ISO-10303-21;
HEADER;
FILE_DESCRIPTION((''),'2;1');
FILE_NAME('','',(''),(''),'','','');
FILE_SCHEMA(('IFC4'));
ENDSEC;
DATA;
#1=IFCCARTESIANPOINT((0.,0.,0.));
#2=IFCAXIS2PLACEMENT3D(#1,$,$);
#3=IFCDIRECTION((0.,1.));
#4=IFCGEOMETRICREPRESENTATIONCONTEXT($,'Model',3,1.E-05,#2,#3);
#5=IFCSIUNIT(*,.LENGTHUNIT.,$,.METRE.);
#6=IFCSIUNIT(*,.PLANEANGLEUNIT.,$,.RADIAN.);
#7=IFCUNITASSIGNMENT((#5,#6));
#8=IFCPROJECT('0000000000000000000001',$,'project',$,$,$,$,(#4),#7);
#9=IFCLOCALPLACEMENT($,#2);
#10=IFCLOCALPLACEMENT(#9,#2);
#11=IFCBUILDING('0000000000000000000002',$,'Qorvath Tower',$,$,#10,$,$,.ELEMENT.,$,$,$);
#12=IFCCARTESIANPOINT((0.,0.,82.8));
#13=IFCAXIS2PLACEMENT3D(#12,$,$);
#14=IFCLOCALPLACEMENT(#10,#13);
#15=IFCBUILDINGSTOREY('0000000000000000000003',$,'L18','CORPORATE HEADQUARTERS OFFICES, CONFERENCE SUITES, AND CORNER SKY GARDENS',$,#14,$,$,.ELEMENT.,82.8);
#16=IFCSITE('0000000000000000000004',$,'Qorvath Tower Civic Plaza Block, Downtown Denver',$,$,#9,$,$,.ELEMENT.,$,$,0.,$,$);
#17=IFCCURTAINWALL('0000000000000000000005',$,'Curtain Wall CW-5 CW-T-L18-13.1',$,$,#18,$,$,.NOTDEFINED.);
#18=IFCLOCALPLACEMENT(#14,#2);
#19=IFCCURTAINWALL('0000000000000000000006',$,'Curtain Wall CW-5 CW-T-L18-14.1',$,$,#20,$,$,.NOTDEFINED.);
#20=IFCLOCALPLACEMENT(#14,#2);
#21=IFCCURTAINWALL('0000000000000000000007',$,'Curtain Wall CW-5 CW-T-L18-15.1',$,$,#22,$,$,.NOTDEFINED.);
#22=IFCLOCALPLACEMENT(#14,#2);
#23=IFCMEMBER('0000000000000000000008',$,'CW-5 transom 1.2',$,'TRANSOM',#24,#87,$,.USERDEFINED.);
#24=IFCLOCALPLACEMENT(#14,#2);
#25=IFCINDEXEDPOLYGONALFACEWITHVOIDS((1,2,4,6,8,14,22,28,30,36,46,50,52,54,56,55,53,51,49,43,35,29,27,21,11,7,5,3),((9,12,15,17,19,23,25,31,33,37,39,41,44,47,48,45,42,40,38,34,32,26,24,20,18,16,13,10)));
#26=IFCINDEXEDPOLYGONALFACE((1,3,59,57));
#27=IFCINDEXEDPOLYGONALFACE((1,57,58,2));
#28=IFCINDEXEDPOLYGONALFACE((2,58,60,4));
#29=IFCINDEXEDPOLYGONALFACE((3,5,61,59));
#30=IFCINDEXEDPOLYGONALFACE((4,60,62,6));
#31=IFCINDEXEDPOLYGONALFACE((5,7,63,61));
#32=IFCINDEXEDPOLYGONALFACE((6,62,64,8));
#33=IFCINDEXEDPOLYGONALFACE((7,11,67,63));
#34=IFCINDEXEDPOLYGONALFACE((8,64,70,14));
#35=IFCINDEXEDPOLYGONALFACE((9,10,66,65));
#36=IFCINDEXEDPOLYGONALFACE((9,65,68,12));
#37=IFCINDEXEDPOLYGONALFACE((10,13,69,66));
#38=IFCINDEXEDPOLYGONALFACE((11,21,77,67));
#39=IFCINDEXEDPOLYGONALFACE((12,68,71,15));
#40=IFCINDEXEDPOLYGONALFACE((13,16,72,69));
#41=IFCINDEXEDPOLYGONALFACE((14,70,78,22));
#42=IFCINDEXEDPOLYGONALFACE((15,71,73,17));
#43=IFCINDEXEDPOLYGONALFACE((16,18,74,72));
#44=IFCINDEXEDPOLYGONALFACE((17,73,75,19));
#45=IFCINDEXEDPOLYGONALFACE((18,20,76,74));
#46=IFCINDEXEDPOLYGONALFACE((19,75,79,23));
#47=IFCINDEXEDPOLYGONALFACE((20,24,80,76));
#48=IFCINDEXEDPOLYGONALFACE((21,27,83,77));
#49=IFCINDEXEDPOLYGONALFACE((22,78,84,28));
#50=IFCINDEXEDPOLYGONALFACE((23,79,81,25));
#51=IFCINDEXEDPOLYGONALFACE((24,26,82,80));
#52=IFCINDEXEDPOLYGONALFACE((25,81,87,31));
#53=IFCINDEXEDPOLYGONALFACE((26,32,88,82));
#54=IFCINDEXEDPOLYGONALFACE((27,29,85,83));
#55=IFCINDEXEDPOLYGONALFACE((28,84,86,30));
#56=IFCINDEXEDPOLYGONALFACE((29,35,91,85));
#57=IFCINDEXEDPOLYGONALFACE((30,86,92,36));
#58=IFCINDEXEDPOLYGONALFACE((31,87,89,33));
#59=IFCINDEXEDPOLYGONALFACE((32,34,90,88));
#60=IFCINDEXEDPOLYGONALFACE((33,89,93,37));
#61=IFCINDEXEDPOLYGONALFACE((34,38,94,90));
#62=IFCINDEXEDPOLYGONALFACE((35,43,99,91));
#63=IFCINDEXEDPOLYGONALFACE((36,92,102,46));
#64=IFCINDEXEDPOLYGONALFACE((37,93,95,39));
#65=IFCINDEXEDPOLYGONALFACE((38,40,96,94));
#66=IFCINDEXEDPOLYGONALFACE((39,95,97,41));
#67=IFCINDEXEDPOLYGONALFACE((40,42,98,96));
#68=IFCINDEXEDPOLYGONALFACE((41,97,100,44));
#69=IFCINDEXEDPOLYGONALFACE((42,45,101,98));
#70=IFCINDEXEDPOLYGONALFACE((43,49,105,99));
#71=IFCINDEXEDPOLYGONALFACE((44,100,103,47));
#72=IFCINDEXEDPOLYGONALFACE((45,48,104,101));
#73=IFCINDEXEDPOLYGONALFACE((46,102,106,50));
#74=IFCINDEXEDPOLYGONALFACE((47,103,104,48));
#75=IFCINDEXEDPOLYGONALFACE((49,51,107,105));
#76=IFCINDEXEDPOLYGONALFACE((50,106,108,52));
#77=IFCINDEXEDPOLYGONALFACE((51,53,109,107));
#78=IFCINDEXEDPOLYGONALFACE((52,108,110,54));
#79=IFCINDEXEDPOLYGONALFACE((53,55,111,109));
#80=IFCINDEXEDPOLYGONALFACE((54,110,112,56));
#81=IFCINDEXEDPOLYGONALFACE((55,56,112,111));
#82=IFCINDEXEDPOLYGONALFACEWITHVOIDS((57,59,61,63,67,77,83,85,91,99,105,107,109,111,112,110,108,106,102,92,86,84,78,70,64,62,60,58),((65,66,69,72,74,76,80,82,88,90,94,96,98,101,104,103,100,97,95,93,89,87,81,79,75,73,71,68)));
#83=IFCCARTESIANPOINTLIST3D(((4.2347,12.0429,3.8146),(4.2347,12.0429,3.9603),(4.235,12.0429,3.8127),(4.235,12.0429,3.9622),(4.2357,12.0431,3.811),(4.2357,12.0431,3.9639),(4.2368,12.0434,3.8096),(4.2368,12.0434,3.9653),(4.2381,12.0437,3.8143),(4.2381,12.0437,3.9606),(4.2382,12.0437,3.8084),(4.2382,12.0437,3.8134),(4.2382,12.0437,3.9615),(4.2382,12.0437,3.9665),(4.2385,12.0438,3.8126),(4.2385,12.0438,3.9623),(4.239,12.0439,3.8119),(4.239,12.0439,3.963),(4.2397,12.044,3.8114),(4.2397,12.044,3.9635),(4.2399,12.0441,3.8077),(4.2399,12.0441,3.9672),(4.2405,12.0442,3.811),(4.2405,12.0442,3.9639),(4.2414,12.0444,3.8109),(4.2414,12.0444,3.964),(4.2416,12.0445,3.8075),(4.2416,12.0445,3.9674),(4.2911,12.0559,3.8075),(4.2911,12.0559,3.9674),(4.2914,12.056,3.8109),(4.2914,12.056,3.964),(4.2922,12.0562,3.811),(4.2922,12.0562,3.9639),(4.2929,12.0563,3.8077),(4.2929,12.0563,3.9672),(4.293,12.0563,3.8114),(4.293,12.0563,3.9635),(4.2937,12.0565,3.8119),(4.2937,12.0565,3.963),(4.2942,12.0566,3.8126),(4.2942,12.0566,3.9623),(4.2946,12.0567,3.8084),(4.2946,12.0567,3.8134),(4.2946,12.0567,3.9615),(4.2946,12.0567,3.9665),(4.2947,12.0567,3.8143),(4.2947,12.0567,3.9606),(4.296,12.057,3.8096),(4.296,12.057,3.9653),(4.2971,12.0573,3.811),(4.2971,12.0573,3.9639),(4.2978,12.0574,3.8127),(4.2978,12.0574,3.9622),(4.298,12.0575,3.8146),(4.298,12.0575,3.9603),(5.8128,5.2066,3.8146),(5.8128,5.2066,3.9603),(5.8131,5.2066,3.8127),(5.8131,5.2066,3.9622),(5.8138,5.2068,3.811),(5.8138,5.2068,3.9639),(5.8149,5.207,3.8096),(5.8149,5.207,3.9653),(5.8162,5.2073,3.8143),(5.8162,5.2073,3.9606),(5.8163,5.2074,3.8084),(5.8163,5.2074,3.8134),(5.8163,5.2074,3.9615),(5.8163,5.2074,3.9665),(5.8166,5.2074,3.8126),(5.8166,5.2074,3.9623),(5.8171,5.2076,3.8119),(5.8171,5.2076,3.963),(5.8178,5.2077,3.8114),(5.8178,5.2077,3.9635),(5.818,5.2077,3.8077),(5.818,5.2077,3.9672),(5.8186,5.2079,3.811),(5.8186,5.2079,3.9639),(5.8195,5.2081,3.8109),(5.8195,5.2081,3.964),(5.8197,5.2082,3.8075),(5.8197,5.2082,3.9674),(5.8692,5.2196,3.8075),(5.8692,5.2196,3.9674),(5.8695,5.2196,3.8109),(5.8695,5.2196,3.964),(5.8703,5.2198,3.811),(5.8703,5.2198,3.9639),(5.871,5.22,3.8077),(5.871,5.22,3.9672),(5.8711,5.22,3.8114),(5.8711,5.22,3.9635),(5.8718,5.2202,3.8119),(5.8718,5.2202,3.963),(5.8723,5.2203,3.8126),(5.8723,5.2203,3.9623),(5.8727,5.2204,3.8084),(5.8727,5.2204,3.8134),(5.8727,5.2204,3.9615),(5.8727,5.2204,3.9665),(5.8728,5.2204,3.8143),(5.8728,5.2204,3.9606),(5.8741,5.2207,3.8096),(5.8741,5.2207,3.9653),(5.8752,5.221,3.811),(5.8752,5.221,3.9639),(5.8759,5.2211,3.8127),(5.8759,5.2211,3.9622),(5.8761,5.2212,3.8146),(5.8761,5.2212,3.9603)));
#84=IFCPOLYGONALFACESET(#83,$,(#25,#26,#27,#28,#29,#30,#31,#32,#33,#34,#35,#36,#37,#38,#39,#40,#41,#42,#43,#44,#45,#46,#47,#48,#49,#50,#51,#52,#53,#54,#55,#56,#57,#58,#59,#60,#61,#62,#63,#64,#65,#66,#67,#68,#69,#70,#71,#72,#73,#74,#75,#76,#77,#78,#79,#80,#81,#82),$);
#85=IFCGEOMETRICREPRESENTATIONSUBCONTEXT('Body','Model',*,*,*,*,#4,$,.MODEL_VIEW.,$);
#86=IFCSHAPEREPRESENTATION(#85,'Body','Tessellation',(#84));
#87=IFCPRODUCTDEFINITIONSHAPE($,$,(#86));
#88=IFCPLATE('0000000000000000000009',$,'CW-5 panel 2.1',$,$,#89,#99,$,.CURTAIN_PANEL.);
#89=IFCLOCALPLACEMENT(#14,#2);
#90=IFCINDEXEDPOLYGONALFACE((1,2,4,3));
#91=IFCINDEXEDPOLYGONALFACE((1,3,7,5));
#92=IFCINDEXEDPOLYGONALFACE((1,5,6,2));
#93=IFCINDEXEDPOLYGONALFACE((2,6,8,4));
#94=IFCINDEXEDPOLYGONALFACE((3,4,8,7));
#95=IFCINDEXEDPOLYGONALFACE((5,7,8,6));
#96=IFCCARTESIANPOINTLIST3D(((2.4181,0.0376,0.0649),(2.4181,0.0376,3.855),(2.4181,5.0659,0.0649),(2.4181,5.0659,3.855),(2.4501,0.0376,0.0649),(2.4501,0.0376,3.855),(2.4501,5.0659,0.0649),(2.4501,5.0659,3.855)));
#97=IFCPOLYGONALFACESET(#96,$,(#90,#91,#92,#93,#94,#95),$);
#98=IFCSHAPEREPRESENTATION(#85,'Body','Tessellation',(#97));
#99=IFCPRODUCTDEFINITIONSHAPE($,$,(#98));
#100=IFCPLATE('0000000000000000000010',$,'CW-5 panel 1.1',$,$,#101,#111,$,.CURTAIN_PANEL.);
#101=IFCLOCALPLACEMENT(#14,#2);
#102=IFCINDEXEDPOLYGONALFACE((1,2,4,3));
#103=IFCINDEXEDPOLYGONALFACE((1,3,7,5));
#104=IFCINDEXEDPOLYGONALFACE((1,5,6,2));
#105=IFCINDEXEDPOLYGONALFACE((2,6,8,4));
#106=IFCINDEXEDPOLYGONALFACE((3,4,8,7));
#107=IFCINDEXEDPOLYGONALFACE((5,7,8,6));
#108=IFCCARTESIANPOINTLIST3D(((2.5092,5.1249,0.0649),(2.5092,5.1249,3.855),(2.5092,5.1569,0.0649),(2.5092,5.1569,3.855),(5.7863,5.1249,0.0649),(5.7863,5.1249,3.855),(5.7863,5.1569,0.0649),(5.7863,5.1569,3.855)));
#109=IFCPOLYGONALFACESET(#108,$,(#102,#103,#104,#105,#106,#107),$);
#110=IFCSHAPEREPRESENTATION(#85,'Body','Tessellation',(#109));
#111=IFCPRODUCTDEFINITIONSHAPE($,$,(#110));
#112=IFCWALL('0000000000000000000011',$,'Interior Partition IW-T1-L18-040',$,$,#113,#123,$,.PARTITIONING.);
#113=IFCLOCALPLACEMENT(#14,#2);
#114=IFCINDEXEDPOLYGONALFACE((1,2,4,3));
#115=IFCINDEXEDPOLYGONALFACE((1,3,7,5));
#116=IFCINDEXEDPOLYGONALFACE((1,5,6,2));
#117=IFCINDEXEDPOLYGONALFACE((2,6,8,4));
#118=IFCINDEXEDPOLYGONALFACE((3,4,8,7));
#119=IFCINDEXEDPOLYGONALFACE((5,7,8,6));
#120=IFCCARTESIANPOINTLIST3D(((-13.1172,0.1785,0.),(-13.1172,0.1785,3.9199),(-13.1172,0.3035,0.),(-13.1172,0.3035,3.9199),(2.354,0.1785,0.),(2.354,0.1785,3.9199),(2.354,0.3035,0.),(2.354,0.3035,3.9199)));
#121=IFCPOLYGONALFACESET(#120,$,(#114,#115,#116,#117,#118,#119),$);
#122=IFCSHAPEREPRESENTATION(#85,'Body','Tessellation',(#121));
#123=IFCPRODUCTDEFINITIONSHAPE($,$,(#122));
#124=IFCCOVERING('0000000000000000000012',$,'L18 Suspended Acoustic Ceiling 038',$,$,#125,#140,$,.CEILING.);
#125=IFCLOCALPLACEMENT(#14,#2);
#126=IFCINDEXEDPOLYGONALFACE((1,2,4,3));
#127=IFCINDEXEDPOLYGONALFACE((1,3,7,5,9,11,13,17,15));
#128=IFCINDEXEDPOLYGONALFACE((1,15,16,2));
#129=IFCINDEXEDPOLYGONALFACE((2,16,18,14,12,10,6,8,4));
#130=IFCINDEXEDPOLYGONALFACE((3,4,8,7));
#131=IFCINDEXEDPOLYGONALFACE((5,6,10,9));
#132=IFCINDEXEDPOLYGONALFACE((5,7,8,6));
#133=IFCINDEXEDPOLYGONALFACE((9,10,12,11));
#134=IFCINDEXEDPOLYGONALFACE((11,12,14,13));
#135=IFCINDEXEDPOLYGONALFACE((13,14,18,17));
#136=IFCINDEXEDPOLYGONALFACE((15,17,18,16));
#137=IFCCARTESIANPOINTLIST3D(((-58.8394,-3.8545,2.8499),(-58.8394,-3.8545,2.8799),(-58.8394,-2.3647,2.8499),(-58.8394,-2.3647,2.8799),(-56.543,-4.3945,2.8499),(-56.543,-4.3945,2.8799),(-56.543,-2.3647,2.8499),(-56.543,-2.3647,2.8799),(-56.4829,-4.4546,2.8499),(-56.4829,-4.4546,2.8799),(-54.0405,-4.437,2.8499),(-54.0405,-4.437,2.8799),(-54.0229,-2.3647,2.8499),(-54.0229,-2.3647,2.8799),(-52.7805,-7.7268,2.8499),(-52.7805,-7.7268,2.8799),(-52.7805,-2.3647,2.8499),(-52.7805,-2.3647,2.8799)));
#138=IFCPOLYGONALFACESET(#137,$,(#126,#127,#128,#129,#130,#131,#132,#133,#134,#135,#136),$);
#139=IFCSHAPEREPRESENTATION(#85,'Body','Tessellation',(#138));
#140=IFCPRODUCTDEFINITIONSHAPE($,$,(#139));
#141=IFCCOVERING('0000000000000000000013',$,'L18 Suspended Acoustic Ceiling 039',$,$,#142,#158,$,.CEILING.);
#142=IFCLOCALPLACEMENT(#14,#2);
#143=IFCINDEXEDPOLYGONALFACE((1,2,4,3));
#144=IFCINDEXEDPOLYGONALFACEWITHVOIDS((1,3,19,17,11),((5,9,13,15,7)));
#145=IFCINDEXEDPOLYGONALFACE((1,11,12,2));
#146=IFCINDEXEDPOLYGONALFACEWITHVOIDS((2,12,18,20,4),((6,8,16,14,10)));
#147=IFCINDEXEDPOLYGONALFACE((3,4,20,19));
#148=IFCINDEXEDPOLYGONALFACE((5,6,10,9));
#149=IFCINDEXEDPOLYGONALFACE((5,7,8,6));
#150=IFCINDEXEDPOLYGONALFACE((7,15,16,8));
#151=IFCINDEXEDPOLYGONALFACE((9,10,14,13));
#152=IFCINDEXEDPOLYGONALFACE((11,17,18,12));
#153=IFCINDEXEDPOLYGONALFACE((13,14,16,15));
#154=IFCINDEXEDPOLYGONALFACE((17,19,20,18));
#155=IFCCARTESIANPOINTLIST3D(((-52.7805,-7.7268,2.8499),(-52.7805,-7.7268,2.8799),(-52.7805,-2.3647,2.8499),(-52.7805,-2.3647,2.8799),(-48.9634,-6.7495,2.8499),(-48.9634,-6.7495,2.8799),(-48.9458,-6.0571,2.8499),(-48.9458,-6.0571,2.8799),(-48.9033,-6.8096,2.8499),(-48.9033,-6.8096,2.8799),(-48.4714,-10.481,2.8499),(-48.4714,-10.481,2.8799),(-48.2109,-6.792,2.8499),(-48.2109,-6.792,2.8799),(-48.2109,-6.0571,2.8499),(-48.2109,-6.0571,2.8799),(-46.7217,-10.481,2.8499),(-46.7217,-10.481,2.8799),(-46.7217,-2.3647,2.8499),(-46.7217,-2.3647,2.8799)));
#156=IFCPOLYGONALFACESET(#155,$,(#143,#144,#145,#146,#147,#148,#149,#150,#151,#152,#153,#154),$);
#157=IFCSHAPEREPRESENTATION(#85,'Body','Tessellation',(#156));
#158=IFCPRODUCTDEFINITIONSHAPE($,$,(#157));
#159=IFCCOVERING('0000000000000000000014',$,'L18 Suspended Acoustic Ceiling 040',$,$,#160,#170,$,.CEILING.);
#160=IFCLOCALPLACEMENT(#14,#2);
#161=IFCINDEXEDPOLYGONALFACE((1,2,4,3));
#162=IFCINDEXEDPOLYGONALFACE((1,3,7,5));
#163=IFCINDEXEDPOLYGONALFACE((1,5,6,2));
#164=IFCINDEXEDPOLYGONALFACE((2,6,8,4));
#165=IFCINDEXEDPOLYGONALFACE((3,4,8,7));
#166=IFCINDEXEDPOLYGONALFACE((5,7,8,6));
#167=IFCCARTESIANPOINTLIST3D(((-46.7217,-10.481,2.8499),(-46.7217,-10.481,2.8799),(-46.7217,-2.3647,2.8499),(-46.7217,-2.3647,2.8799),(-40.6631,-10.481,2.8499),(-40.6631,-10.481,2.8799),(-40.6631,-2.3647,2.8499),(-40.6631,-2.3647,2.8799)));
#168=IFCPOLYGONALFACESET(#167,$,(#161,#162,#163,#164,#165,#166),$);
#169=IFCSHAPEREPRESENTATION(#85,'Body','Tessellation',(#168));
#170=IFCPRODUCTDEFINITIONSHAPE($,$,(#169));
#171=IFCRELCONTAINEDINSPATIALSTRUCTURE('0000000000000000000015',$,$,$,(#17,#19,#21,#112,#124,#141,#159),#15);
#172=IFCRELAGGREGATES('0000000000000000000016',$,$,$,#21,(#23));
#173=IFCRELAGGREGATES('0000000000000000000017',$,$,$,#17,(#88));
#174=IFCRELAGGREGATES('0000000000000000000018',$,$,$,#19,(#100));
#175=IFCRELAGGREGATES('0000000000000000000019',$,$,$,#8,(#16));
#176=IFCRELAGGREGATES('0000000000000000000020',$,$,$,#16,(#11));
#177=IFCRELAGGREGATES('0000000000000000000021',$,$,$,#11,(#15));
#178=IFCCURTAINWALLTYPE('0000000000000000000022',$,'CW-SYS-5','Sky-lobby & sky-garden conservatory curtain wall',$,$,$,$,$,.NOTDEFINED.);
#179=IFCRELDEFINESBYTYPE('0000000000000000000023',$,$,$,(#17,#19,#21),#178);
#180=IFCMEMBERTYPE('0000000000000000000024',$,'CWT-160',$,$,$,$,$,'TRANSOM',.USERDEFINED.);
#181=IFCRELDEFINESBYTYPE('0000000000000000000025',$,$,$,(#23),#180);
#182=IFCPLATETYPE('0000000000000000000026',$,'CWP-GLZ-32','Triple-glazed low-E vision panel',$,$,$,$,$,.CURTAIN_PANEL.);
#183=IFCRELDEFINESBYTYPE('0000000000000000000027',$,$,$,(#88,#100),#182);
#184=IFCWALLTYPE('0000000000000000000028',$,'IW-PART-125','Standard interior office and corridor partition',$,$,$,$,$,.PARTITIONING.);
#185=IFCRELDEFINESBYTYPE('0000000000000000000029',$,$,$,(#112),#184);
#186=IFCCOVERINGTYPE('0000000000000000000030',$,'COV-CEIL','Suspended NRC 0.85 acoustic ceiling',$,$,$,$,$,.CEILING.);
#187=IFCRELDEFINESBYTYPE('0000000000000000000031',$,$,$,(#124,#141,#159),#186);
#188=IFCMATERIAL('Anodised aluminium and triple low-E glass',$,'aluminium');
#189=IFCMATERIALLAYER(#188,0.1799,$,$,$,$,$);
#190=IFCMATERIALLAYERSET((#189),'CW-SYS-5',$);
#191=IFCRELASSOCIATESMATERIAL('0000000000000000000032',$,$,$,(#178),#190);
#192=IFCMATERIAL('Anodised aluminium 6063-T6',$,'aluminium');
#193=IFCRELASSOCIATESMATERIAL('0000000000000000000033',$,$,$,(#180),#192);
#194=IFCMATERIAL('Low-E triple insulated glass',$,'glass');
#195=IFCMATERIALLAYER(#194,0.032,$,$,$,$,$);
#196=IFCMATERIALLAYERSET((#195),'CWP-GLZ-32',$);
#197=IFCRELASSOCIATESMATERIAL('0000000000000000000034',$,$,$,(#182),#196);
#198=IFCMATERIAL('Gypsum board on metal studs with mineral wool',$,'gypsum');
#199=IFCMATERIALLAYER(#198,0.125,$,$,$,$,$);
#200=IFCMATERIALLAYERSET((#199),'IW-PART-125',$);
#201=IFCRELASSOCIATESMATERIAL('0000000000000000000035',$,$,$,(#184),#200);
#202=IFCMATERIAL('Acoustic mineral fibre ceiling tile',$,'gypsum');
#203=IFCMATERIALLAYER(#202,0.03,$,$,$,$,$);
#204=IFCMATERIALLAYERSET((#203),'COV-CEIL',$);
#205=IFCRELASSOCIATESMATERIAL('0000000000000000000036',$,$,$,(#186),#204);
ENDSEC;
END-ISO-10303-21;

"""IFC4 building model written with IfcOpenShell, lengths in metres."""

from ifc_helpers import new_model, si_unit, direction, frame, frame_2d, origin, origin_2d, place, context, subcontext, project, spatial, polyline, rectangle, hollow_rectangle, outline, extrude, material, layer, layer_set, material_profile, profile_set, type_object, element, aggregate, save


model = new_model("IFC4")

# Units and contexts
model_context = context("Model", 3, precision=1e-05, world=origin(), true_north=direction((0.0, 1.0)))
body_context = subcontext(model_context, "Body", "Model", "MODEL_VIEW")
ifc_project = project(units=[si_unit("LENGTHUNIT", "METRE"), si_unit("PLANEANGLEUNIT", "RADIAN")], contexts=[model_context])

# Site, building, storey
site_placement = place(None, origin())
site = spatial("IfcSite", under=ifc_project, at=site_placement, Name="Qorvath Tower Civic Plaza Block, Downtown Denver", CompositionType="ELEMENT", RefElevation=0.0)
building_placement = place(site_placement, origin())
building = spatial("IfcBuilding", under=site, at=building_placement, Name="Qorvath Tower", CompositionType="ELEMENT")
storey_placement = place(building_placement, frame((0.0, 0.0, 82.8)))
storey = spatial("IfcBuildingStorey", under=building, at=storey_placement, Name="L18", Description="CORPORATE HEADQUARTERS OFFICES, CONFERENCE SUITES, AND CORNER SKY GARDENS", CompositionType="ELEMENT", Elevation=82.8)

# Curtain walls
ifc_material_1 = material(Name="Anodised aluminium and triple low-E glass", Category="aluminium")
ifc_layer_1 = layer(ifc_material_1, 0.1799)
ifc_layer_set_1 = layer_set([ifc_layer_1], Name="CW-SYS-5")
curtain_wall_type = type_object("IfcCurtainWallType", Name="CW-SYS-5", Description="Sky-lobby & sky-garden conservatory curtain wall", PredefinedType="NOTDEFINED", material=ifc_layer_set_1)
curtain_wall_1_placement = place(storey_placement, origin())
curtain_wall_1 = element("IfcCurtainWall", 1, at=curtain_wall_1_placement, inside=storey, type_object=curtain_wall_type, Name="Curtain Wall CW-5 CW-T-L18-13.1", PredefinedType="NOTDEFINED")
curtain_wall_2_placement = place(storey_placement, origin())
curtain_wall_2 = element("IfcCurtainWall", 2, at=curtain_wall_2_placement, inside=storey, type_object=curtain_wall_type, Name="Curtain Wall CW-5 CW-T-L18-14.1", PredefinedType="NOTDEFINED")

# Curtain wall
curtain_wall_3_placement = place(storey_placement, origin())
curtain_wall_3 = element("IfcCurtainWall", 3, at=curtain_wall_3_placement, inside=storey, type_object=curtain_wall_type, Name="Curtain Wall CW-5 CW-T-L18-15.1", PredefinedType="NOTDEFINED")

# Member
ifc_material_2 = material(Name="Anodised aluminium 6063-T6", Category="aluminium")
ifc_material_profile_1 = material_profile(ifc_material_2, hollow_rectangle(XDim=0.0649, YDim=0.1599, WallThickness=0.0034, InnerFilletRadius=0.0034, OuterFilletRadius=0.0071, at=origin_2d()), Name="CWT 160x65")
ifc_profile_set_1 = profile_set([ifc_material_profile_1], Name="Anodised aluminium 6063-T6")
member_type_1 = type_object("IfcMemberType", Name="CWT-160", ElementType="TRANSOM", PredefinedType="USERDEFINED", material=ifc_profile_set_1)
member_1_placement = place(storey_placement, frame((5.8445, 5.2139, 3.8875), z_axis=(-0.224926, 0.974376, 0.0), x_axis=(-0.974376, -0.224926, 0.0)))
member_1 = element("IfcMember", 4, at=member_1_placement, type_object=member_type_1, Name="CW-5 transom 1.2", ObjectType="TRANSOM", PredefinedType="USERDEFINED", context=body_context, shape_type="SweptSolid", body=[
    extrude(hollow_rectangle(XDim=0.0649, YDim=0.1599, WallThickness=0.0034, InnerFilletRadius=0.0034, OuterFilletRadius=0.0071, at=origin_2d()), origin(), (0.0, 0.0, 1.0), 7.0161),
])
aggregate(curtain_wall_3, [member_1])

# Plates
ifc_material_3 = material(Name="Low-E triple insulated glass", Category="glass")
ifc_layer_2 = layer(ifc_material_3, 0.032)
ifc_layer_set_2 = layer_set([ifc_layer_2], Name="CWP-GLZ-32")
plate_type = type_object("IfcPlateType", Name="CWP-GLZ-32", Description="Triple-glazed low-E vision panel", PredefinedType="CURTAIN_PANEL", material=ifc_layer_set_2)
plate_1_placement = place(storey_placement, frame((2.4341, 2.5518, 0.0649), z_axis=(0.0, 0.0, 1.0), x_axis=(0.0, 1.0, 0.0)))
plate_1 = element("IfcPlate", 5, at=plate_1_placement, type_object=plate_type, Name="CW-5 panel 2.1", PredefinedType="CURTAIN_PANEL", context=body_context, shape_type="SweptSolid", body=[
    extrude(rectangle(XDim=5.0283, YDim=0.032, at=origin_2d()), origin(), (0.0, 0.0, 1.0), 3.79),
])
aggregate(curtain_wall_1, [plate_1])
plate_2_placement = place(storey_placement, frame((4.1477, 5.1409, 0.0649), z_axis=(0.0, 0.0, 1.0), x_axis=(1.0, 0.0, 0.0)))
plate_2 = element("IfcPlate", 6, at=plate_2_placement, type_object=plate_type, Name="CW-5 panel 1.1", PredefinedType="CURTAIN_PANEL", context=body_context, shape_type="SweptSolid", body=[
    extrude(rectangle(XDim=3.2771, YDim=0.032, at=origin_2d()), origin(), (0.0, 0.0, 1.0), 3.79),
])
aggregate(curtain_wall_2, [plate_2])

# Wall
ifc_material_4 = material(Name="Gypsum board on metal studs with mineral wool", Category="gypsum")
ifc_layer_3 = layer(ifc_material_4, 0.125)
ifc_layer_set_3 = layer_set([ifc_layer_3], Name="IW-PART-125")
wall_type = type_object("IfcWallType", Name="IW-PART-125", Description="Standard interior office and corridor partition", PredefinedType="PARTITIONING", material=ifc_layer_set_3)
wall_placement = place(storey_placement, frame((2.354, 0.241, 0.0), z_axis=(0.0, 0.0, 1.0), x_axis=(-1.0, 0.0, 0.0)))
element("IfcWall", 7, at=wall_placement, inside=storey, type_object=wall_type, Name="Interior Partition IW-T1-L18-040", PredefinedType="PARTITIONING", context=body_context, shape_type="SweptSolid", body=[
    extrude(rectangle(XDim=15.4712, YDim=0.125, at=frame_2d((7.7356, 0.0))), origin(), (0.0, 0.0, 1.0), 3.9199),
])

# Coverings
ifc_material_5 = material(Name="Acoustic mineral fibre ceiling tile", Category="gypsum")
ifc_layer_4 = layer(ifc_material_5, 0.03)
ifc_layer_set_4 = layer_set([ifc_layer_4], Name="COV-CEIL")
covering_type_1 = type_object("IfcCoveringType", Name="COV-CEIL", Description="Suspended NRC 0.85 acoustic ceiling", PredefinedType="CEILING", material=ifc_layer_set_4)
covering_1_placement = place(storey_placement, frame((0.0, 0.0, 2.8499)))
element("IfcCovering", 8, at=covering_1_placement, inside=storey, type_object=covering_type_1, Name="L18 Suspended Acoustic Ceiling 038", PredefinedType="CEILING", context=body_context, shape_type="SweptSolid", body=[
    extrude(outline(polyline([(-56.543, -4.3945), (-56.543, -2.3647), (-58.8394, -2.3647), (-58.8394, -3.8545), (-52.7805, -7.7268), (-52.7805, -2.3647), (-54.0229, -2.3647), (-54.0405, -4.437), (-56.4829, -4.4546), (-56.543, -4.3945)])), origin(), (0.0, 0.0, 1.0), 0.03),
])
covering_2_placement = place(storey_placement, frame((0.0, 0.0, 2.8499)))
element("IfcCovering", 9, at=covering_2_placement, inside=storey, type_object=covering_type_1, Name="L18 Suspended Acoustic Ceiling 039", PredefinedType="CEILING", context=body_context, shape_type="SweptSolid", body=[
    extrude(outline(polyline([(-52.7805, -2.3647), (-52.7805, -7.7268), (-48.4714, -10.481), (-46.7217, -10.481), (-46.7217, -2.3647), (-52.7805, -2.3647)]), holes=[polyline([(-48.9634, -6.7495), (-48.9458, -6.0571), (-48.2109, -6.0571), (-48.2109, -6.792), (-48.9033, -6.8096), (-48.9634, -6.7495)])]), origin(), (0.0, 0.0, 1.0), 0.03),
])
covering_3_placement = place(storey_placement, frame((0.0, 0.0, 2.8499)))
element("IfcCovering", 10, at=covering_3_placement, inside=storey, type_object=covering_type_1, Name="L18 Suspended Acoustic Ceiling 040", PredefinedType="CEILING", context=body_context, shape_type="SweptSolid", body=[
    extrude(outline(polyline([(-46.7217, -2.3647), (-46.7217, -10.481), (-40.6631, -10.481), (-40.6631, -2.3647), (-46.7217, -2.3647)])), origin(), (0.0, 0.0, 1.0), 0.03),
])

save(model, "model.ifc")
